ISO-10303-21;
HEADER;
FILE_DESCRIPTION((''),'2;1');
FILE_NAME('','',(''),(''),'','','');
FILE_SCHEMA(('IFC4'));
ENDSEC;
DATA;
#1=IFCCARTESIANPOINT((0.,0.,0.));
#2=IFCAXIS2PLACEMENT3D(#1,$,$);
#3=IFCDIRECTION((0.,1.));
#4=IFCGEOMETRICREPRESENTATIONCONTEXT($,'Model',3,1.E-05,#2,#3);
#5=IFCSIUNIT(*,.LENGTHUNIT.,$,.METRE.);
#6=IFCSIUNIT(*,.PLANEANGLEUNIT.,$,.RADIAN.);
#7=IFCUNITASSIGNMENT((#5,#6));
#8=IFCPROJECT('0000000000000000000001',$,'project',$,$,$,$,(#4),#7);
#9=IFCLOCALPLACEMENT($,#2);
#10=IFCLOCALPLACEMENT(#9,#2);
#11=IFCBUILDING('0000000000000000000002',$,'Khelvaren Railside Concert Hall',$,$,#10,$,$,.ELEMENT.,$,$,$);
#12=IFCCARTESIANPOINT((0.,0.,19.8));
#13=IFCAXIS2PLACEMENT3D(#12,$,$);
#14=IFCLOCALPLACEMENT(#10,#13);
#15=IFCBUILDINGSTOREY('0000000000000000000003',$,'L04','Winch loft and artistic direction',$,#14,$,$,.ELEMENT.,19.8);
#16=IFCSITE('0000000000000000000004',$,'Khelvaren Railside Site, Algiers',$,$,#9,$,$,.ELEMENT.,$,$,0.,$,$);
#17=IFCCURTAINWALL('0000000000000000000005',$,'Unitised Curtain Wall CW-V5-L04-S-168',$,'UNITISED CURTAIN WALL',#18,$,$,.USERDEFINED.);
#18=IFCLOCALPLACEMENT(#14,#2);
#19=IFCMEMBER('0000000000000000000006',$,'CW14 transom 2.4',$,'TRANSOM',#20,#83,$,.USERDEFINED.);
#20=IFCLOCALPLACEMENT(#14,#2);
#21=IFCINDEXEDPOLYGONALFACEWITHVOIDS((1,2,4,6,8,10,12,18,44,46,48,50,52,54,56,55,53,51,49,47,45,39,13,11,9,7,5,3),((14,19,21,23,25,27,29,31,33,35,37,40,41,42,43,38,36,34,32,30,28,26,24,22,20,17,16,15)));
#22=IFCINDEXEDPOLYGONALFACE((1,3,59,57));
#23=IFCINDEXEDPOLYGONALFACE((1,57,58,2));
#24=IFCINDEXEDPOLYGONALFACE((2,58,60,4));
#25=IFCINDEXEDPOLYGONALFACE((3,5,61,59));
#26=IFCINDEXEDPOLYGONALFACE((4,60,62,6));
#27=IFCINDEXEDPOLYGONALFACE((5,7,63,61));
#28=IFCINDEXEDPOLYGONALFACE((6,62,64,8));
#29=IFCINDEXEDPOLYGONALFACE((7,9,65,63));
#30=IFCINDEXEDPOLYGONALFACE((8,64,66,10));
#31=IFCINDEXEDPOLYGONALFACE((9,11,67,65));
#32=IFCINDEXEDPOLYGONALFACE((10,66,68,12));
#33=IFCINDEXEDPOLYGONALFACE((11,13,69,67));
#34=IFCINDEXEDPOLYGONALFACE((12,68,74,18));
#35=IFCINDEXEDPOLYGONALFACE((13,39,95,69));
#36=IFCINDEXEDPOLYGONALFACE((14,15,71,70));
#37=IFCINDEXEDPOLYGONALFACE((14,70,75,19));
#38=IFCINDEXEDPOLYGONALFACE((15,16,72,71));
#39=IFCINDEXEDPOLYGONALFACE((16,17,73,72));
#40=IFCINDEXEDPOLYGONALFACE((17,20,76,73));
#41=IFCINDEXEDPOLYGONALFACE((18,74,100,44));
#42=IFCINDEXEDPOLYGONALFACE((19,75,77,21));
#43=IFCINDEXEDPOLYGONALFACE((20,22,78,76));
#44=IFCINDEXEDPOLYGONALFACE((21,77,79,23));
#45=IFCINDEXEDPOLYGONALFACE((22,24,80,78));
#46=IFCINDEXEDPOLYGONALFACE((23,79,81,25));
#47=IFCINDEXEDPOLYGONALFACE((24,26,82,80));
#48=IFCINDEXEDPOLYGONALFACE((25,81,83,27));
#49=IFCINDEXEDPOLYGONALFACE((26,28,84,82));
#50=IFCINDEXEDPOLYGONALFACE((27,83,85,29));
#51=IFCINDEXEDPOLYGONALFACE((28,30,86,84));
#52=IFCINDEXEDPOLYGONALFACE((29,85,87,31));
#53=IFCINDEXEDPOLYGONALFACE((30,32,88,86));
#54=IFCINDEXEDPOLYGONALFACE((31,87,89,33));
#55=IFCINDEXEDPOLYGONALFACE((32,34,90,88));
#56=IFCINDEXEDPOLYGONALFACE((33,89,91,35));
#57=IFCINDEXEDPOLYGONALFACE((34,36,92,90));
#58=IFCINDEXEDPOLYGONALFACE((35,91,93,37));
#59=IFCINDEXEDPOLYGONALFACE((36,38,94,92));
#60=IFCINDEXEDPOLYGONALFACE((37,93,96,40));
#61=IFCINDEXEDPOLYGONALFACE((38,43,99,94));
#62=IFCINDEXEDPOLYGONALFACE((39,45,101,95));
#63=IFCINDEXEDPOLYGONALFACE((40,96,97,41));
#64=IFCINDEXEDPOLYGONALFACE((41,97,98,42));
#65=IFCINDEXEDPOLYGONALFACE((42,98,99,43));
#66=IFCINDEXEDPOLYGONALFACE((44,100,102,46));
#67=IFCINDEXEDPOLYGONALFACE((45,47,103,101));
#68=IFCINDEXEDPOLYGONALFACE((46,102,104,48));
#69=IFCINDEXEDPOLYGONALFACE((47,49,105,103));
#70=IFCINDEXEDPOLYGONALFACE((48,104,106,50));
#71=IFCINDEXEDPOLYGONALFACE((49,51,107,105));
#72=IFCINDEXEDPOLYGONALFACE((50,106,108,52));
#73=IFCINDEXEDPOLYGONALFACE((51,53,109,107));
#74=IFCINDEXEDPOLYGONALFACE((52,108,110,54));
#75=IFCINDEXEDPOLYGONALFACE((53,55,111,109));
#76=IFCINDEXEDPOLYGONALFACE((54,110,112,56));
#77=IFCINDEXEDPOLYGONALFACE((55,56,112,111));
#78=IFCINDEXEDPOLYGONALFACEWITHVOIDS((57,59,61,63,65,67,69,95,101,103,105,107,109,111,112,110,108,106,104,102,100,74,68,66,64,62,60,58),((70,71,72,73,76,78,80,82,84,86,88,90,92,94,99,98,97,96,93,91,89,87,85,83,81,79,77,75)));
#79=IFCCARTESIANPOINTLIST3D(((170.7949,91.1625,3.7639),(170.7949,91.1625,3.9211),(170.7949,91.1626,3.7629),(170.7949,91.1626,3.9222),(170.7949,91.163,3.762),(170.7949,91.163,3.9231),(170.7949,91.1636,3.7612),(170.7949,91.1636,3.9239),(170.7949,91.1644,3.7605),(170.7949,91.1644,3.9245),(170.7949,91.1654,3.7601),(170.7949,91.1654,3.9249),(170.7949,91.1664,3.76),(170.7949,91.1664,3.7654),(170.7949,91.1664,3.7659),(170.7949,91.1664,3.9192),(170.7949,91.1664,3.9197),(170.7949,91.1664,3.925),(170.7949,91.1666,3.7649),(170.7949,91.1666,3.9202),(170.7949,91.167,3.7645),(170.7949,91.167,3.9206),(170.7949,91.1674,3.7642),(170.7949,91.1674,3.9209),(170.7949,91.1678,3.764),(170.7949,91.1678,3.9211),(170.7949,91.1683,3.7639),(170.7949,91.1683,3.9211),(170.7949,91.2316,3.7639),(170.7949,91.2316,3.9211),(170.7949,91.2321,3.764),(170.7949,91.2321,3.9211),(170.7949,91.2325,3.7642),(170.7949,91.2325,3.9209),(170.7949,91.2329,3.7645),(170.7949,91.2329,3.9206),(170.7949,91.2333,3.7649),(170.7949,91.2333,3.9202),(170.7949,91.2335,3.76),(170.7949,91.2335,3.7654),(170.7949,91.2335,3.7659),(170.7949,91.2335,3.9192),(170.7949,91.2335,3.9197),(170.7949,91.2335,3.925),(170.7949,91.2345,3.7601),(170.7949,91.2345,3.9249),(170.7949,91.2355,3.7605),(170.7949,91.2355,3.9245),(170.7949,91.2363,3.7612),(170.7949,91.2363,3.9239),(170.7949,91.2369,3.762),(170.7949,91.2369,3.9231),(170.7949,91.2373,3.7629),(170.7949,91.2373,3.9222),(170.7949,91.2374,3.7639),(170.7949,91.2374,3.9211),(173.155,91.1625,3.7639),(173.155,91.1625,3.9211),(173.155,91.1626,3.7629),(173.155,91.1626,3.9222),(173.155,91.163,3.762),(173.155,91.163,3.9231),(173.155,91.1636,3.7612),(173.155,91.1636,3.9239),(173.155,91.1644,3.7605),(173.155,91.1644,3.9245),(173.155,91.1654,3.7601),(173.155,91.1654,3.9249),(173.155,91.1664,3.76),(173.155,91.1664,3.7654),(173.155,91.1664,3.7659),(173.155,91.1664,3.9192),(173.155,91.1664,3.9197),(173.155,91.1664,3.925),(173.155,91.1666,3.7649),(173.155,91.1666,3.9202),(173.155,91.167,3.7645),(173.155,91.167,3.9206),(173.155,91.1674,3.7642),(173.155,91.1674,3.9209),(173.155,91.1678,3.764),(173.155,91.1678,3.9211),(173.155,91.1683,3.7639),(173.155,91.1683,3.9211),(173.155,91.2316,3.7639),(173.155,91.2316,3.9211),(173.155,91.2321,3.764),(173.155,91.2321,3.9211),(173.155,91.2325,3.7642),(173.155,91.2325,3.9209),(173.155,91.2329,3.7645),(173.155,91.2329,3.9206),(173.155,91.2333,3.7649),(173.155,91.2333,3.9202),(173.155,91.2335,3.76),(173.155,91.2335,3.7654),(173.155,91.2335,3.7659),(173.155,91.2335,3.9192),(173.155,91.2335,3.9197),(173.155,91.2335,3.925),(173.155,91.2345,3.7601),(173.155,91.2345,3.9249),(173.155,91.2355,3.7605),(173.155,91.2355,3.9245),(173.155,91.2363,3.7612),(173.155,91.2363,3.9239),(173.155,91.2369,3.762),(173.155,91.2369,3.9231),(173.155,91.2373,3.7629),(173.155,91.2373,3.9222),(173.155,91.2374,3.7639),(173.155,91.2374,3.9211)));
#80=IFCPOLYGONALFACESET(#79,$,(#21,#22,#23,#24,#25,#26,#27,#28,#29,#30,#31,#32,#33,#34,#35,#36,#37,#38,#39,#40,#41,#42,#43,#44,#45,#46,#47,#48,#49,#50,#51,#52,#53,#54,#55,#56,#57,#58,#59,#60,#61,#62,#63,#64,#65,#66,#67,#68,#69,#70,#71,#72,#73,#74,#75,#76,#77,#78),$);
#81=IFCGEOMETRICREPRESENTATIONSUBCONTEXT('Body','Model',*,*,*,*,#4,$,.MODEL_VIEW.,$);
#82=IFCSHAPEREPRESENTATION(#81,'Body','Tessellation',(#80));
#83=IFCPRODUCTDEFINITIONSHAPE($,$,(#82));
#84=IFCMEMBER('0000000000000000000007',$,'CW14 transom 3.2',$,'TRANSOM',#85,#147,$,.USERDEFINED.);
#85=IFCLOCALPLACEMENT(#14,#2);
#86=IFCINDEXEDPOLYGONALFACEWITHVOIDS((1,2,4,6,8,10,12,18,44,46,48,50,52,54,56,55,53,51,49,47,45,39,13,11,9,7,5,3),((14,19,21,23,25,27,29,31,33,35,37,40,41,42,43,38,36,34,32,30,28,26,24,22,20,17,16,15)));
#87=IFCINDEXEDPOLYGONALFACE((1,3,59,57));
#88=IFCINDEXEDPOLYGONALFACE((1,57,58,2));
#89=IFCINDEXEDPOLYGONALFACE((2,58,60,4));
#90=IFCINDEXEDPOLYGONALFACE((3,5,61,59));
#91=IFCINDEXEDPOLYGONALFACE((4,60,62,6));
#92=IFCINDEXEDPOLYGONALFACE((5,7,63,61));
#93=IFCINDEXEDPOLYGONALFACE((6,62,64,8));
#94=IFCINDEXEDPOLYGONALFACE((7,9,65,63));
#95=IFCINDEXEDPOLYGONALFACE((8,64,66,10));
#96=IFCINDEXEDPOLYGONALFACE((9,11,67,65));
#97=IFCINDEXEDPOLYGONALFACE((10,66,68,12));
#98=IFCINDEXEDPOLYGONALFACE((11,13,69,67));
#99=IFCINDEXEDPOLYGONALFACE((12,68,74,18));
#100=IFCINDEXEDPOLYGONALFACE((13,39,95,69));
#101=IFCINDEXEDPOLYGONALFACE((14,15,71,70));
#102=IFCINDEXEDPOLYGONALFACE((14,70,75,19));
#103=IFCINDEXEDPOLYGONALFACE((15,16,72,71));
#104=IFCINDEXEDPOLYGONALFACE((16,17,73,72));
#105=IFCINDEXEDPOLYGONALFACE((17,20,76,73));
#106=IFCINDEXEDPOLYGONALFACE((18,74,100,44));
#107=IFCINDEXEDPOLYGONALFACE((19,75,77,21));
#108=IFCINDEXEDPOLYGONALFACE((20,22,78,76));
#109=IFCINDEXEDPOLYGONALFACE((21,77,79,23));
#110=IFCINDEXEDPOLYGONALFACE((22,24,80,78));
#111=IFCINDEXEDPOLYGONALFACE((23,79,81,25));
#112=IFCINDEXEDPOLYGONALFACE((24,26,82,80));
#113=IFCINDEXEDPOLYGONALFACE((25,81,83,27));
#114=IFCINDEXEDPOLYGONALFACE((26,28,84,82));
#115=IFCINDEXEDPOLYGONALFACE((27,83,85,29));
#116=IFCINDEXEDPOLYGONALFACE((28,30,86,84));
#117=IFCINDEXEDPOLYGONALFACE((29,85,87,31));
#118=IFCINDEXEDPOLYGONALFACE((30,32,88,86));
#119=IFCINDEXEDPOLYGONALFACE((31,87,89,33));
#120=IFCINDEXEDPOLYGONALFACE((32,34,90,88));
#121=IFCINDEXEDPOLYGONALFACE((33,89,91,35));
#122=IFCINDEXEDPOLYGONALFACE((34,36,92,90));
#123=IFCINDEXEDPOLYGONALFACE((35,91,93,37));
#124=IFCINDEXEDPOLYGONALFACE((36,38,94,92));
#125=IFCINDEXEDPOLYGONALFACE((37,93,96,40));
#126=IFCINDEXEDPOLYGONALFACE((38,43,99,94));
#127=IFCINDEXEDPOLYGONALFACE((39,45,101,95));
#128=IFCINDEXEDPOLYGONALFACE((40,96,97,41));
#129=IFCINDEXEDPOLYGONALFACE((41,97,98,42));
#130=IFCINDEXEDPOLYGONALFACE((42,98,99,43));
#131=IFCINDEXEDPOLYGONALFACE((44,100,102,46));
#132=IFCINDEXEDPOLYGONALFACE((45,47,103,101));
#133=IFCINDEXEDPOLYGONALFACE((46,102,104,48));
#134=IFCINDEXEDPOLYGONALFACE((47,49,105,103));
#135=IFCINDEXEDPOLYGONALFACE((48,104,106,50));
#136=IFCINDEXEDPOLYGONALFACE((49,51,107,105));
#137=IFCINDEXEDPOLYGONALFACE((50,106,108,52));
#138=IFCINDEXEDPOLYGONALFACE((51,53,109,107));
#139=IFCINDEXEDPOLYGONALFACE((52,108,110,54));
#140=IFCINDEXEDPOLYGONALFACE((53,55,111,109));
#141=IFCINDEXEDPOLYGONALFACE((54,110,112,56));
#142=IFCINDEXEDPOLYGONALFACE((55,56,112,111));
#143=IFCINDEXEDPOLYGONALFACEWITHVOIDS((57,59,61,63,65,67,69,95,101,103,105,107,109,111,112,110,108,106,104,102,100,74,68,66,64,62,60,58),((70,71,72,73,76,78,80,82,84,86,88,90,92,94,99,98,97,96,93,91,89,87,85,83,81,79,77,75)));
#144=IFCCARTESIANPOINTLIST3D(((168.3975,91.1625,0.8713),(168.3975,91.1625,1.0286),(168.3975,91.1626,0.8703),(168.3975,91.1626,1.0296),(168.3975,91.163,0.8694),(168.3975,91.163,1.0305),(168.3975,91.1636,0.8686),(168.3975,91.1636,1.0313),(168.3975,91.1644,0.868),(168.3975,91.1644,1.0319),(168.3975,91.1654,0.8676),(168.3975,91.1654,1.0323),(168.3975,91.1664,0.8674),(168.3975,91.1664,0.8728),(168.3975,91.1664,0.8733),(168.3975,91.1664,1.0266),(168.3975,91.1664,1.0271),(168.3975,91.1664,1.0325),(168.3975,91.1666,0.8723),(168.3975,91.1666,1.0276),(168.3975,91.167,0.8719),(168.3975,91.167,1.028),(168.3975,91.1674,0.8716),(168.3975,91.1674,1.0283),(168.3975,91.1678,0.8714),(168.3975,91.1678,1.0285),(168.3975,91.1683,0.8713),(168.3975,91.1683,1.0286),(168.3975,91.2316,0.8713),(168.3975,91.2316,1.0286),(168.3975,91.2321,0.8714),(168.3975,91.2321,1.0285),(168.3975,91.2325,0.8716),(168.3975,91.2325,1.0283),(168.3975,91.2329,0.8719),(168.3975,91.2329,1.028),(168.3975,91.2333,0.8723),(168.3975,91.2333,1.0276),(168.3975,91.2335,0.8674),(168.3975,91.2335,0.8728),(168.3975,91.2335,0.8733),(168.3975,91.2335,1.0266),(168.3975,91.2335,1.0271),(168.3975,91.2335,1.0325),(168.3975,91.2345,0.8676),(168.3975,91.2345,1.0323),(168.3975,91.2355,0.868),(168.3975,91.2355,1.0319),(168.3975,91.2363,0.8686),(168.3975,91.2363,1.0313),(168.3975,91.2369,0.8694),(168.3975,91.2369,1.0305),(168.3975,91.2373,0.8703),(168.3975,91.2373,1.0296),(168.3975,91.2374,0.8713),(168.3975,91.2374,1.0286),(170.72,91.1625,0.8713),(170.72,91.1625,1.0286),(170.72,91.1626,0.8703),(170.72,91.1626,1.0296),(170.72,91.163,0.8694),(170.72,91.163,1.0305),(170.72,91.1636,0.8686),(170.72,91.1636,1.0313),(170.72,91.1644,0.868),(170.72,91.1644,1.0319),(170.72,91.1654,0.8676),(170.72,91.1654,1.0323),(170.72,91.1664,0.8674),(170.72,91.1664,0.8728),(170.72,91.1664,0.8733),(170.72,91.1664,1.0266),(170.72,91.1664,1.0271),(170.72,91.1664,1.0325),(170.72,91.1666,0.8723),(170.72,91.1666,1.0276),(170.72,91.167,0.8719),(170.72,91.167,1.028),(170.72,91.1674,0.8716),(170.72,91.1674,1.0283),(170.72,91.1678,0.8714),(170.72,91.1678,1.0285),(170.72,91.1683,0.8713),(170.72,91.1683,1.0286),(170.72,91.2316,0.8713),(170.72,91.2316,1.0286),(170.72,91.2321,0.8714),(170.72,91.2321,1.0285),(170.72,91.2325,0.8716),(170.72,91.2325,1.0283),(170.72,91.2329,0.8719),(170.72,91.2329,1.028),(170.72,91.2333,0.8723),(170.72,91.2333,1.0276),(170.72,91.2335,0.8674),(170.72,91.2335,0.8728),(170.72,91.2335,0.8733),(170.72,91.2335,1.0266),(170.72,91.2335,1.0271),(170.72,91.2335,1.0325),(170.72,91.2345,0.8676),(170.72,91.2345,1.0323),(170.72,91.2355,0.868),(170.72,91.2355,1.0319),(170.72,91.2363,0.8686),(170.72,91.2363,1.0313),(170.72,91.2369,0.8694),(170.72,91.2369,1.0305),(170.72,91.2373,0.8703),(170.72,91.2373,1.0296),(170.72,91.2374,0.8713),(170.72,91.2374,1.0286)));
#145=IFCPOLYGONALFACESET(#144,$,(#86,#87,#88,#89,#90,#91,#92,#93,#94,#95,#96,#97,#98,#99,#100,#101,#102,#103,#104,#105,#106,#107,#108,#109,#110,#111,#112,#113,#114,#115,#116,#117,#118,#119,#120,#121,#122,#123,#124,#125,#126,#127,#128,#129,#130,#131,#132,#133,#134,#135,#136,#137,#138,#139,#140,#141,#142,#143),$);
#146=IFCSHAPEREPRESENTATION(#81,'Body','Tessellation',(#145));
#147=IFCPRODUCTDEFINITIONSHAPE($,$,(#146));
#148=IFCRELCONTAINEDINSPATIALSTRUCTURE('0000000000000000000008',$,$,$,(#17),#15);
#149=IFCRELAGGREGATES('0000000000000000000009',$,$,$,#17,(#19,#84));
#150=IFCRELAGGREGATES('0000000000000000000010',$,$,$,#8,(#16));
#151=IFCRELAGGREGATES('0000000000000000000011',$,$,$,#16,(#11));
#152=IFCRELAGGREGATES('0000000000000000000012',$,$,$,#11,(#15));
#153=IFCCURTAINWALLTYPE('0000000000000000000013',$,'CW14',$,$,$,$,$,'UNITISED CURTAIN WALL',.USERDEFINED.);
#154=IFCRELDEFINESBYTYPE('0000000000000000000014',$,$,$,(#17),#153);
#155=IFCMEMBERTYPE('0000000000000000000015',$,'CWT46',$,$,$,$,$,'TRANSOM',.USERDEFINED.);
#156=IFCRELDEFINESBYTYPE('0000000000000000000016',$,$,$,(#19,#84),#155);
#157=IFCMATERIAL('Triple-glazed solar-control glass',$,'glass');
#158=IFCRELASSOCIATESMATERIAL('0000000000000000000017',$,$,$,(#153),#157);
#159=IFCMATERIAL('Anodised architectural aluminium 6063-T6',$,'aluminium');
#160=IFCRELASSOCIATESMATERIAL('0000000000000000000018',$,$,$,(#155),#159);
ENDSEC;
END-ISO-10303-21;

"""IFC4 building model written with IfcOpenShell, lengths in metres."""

from ifc_helpers import new_model, si_unit, direction, frame, origin, origin_2d, place, context, subcontext, project, spatial, hollow_rectangle, extrude, material, material_profile, profile_set, type_object, element, aggregate, save


model = new_model("IFC4")

# Units and contexts
model_context = context("Model", 3, precision=1e-05, world=origin(), true_north=direction((0.0, 1.0)))
body_context = subcontext(model_context, "Body", "Model", "MODEL_VIEW")
ifc_project = project(units=[si_unit("LENGTHUNIT", "METRE"), si_unit("PLANEANGLEUNIT", "RADIAN")], contexts=[model_context])

# Site, building, storey
site_placement = place(None, origin())
site = spatial("IfcSite", under=ifc_project, at=site_placement, Name="Khelvaren Railside Site, Algiers", CompositionType="ELEMENT", RefElevation=0.0)
building_placement = place(site_placement, origin())
building = spatial("IfcBuilding", under=site, at=building_placement, Name="Khelvaren Railside Concert Hall", CompositionType="ELEMENT")
storey_placement = place(building_placement, frame((0.0, 0.0, 19.8)))
storey = spatial("IfcBuildingStorey", under=building, at=storey_placement, Name="L04", Description="Winch loft and artistic direction", CompositionType="ELEMENT", Elevation=19.8)

# Curtain wall
ifc_material_1 = material(Name="Triple-glazed solar-control glass", Category="glass")
curtain_wall_type_1 = type_object("IfcCurtainWallType", Name="CW14", ElementType="UNITISED CURTAIN WALL", PredefinedType="USERDEFINED", material=ifc_material_1)
curtain_wall_1_placement = place(storey_placement, origin())
curtain_wall_1 = element("IfcCurtainWall", 1, at=curtain_wall_1_placement, inside=storey, type_object=curtain_wall_type_1, Name="Unitised Curtain Wall CW-V5-L04-S-168", ObjectType="UNITISED CURTAIN WALL", PredefinedType="USERDEFINED")
ifc_material_2 = material(Name="Anodised architectural aluminium 6063-T6", Category="aluminium")

# Members
ifc_material_profile_1 = material_profile(ifc_material_2, hollow_rectangle(XDim=0.075, YDim=0.165, WallThickness=0.0039, InnerFilletRadius=0.002, OuterFilletRadius=0.0039, at=origin_2d()), Name="CWT 75x165x4")
ifc_profile_set_1 = profile_set([ifc_material_profile_1], Name="Anodised architectural aluminium 6063-T6")
member_type_1 = type_object("IfcMemberType", Name="CWT46", ElementType="TRANSOM", PredefinedType="USERDEFINED", material=ifc_profile_set_1)
member_1_placement = place(storey_placement, frame((173.155, 91.2, 3.8425), z_axis=(-1.0, 0.0, 0.0), x_axis=(0.0, -1.0, 0.0)))
member_1 = element("IfcMember", 2, at=member_1_placement, type_object=member_type_1, Name="CW14 transom 2.4", ObjectType="TRANSOM", PredefinedType="USERDEFINED", context=body_context, shape_type="SweptSolid", body=[
    extrude(hollow_rectangle(XDim=0.075, YDim=0.165, WallThickness=0.0039, InnerFilletRadius=0.002, OuterFilletRadius=0.0039, at=origin_2d()), origin(), (0.0, 0.0, 1.0), 2.3601),
])
member_2_placement = place(storey_placement, frame((170.72, 91.2, 0.95), z_axis=(-1.0, 0.0, 0.0), x_axis=(0.0, -1.0, 0.0)))
member_2 = element("IfcMember", 3, at=member_2_placement, type_object=member_type_1, Name="CW14 transom 3.2", ObjectType="TRANSOM", PredefinedType="USERDEFINED", context=body_context, shape_type="SweptSolid", body=[
    extrude(hollow_rectangle(XDim=0.075, YDim=0.165, WallThickness=0.0039, InnerFilletRadius=0.002, OuterFilletRadius=0.0039, at=origin_2d()), origin(), (0.0, 0.0, 1.0), 2.3225),
])

aggregate(curtain_wall_1, [member_1, member_2])

save(model, "model.ifc")
